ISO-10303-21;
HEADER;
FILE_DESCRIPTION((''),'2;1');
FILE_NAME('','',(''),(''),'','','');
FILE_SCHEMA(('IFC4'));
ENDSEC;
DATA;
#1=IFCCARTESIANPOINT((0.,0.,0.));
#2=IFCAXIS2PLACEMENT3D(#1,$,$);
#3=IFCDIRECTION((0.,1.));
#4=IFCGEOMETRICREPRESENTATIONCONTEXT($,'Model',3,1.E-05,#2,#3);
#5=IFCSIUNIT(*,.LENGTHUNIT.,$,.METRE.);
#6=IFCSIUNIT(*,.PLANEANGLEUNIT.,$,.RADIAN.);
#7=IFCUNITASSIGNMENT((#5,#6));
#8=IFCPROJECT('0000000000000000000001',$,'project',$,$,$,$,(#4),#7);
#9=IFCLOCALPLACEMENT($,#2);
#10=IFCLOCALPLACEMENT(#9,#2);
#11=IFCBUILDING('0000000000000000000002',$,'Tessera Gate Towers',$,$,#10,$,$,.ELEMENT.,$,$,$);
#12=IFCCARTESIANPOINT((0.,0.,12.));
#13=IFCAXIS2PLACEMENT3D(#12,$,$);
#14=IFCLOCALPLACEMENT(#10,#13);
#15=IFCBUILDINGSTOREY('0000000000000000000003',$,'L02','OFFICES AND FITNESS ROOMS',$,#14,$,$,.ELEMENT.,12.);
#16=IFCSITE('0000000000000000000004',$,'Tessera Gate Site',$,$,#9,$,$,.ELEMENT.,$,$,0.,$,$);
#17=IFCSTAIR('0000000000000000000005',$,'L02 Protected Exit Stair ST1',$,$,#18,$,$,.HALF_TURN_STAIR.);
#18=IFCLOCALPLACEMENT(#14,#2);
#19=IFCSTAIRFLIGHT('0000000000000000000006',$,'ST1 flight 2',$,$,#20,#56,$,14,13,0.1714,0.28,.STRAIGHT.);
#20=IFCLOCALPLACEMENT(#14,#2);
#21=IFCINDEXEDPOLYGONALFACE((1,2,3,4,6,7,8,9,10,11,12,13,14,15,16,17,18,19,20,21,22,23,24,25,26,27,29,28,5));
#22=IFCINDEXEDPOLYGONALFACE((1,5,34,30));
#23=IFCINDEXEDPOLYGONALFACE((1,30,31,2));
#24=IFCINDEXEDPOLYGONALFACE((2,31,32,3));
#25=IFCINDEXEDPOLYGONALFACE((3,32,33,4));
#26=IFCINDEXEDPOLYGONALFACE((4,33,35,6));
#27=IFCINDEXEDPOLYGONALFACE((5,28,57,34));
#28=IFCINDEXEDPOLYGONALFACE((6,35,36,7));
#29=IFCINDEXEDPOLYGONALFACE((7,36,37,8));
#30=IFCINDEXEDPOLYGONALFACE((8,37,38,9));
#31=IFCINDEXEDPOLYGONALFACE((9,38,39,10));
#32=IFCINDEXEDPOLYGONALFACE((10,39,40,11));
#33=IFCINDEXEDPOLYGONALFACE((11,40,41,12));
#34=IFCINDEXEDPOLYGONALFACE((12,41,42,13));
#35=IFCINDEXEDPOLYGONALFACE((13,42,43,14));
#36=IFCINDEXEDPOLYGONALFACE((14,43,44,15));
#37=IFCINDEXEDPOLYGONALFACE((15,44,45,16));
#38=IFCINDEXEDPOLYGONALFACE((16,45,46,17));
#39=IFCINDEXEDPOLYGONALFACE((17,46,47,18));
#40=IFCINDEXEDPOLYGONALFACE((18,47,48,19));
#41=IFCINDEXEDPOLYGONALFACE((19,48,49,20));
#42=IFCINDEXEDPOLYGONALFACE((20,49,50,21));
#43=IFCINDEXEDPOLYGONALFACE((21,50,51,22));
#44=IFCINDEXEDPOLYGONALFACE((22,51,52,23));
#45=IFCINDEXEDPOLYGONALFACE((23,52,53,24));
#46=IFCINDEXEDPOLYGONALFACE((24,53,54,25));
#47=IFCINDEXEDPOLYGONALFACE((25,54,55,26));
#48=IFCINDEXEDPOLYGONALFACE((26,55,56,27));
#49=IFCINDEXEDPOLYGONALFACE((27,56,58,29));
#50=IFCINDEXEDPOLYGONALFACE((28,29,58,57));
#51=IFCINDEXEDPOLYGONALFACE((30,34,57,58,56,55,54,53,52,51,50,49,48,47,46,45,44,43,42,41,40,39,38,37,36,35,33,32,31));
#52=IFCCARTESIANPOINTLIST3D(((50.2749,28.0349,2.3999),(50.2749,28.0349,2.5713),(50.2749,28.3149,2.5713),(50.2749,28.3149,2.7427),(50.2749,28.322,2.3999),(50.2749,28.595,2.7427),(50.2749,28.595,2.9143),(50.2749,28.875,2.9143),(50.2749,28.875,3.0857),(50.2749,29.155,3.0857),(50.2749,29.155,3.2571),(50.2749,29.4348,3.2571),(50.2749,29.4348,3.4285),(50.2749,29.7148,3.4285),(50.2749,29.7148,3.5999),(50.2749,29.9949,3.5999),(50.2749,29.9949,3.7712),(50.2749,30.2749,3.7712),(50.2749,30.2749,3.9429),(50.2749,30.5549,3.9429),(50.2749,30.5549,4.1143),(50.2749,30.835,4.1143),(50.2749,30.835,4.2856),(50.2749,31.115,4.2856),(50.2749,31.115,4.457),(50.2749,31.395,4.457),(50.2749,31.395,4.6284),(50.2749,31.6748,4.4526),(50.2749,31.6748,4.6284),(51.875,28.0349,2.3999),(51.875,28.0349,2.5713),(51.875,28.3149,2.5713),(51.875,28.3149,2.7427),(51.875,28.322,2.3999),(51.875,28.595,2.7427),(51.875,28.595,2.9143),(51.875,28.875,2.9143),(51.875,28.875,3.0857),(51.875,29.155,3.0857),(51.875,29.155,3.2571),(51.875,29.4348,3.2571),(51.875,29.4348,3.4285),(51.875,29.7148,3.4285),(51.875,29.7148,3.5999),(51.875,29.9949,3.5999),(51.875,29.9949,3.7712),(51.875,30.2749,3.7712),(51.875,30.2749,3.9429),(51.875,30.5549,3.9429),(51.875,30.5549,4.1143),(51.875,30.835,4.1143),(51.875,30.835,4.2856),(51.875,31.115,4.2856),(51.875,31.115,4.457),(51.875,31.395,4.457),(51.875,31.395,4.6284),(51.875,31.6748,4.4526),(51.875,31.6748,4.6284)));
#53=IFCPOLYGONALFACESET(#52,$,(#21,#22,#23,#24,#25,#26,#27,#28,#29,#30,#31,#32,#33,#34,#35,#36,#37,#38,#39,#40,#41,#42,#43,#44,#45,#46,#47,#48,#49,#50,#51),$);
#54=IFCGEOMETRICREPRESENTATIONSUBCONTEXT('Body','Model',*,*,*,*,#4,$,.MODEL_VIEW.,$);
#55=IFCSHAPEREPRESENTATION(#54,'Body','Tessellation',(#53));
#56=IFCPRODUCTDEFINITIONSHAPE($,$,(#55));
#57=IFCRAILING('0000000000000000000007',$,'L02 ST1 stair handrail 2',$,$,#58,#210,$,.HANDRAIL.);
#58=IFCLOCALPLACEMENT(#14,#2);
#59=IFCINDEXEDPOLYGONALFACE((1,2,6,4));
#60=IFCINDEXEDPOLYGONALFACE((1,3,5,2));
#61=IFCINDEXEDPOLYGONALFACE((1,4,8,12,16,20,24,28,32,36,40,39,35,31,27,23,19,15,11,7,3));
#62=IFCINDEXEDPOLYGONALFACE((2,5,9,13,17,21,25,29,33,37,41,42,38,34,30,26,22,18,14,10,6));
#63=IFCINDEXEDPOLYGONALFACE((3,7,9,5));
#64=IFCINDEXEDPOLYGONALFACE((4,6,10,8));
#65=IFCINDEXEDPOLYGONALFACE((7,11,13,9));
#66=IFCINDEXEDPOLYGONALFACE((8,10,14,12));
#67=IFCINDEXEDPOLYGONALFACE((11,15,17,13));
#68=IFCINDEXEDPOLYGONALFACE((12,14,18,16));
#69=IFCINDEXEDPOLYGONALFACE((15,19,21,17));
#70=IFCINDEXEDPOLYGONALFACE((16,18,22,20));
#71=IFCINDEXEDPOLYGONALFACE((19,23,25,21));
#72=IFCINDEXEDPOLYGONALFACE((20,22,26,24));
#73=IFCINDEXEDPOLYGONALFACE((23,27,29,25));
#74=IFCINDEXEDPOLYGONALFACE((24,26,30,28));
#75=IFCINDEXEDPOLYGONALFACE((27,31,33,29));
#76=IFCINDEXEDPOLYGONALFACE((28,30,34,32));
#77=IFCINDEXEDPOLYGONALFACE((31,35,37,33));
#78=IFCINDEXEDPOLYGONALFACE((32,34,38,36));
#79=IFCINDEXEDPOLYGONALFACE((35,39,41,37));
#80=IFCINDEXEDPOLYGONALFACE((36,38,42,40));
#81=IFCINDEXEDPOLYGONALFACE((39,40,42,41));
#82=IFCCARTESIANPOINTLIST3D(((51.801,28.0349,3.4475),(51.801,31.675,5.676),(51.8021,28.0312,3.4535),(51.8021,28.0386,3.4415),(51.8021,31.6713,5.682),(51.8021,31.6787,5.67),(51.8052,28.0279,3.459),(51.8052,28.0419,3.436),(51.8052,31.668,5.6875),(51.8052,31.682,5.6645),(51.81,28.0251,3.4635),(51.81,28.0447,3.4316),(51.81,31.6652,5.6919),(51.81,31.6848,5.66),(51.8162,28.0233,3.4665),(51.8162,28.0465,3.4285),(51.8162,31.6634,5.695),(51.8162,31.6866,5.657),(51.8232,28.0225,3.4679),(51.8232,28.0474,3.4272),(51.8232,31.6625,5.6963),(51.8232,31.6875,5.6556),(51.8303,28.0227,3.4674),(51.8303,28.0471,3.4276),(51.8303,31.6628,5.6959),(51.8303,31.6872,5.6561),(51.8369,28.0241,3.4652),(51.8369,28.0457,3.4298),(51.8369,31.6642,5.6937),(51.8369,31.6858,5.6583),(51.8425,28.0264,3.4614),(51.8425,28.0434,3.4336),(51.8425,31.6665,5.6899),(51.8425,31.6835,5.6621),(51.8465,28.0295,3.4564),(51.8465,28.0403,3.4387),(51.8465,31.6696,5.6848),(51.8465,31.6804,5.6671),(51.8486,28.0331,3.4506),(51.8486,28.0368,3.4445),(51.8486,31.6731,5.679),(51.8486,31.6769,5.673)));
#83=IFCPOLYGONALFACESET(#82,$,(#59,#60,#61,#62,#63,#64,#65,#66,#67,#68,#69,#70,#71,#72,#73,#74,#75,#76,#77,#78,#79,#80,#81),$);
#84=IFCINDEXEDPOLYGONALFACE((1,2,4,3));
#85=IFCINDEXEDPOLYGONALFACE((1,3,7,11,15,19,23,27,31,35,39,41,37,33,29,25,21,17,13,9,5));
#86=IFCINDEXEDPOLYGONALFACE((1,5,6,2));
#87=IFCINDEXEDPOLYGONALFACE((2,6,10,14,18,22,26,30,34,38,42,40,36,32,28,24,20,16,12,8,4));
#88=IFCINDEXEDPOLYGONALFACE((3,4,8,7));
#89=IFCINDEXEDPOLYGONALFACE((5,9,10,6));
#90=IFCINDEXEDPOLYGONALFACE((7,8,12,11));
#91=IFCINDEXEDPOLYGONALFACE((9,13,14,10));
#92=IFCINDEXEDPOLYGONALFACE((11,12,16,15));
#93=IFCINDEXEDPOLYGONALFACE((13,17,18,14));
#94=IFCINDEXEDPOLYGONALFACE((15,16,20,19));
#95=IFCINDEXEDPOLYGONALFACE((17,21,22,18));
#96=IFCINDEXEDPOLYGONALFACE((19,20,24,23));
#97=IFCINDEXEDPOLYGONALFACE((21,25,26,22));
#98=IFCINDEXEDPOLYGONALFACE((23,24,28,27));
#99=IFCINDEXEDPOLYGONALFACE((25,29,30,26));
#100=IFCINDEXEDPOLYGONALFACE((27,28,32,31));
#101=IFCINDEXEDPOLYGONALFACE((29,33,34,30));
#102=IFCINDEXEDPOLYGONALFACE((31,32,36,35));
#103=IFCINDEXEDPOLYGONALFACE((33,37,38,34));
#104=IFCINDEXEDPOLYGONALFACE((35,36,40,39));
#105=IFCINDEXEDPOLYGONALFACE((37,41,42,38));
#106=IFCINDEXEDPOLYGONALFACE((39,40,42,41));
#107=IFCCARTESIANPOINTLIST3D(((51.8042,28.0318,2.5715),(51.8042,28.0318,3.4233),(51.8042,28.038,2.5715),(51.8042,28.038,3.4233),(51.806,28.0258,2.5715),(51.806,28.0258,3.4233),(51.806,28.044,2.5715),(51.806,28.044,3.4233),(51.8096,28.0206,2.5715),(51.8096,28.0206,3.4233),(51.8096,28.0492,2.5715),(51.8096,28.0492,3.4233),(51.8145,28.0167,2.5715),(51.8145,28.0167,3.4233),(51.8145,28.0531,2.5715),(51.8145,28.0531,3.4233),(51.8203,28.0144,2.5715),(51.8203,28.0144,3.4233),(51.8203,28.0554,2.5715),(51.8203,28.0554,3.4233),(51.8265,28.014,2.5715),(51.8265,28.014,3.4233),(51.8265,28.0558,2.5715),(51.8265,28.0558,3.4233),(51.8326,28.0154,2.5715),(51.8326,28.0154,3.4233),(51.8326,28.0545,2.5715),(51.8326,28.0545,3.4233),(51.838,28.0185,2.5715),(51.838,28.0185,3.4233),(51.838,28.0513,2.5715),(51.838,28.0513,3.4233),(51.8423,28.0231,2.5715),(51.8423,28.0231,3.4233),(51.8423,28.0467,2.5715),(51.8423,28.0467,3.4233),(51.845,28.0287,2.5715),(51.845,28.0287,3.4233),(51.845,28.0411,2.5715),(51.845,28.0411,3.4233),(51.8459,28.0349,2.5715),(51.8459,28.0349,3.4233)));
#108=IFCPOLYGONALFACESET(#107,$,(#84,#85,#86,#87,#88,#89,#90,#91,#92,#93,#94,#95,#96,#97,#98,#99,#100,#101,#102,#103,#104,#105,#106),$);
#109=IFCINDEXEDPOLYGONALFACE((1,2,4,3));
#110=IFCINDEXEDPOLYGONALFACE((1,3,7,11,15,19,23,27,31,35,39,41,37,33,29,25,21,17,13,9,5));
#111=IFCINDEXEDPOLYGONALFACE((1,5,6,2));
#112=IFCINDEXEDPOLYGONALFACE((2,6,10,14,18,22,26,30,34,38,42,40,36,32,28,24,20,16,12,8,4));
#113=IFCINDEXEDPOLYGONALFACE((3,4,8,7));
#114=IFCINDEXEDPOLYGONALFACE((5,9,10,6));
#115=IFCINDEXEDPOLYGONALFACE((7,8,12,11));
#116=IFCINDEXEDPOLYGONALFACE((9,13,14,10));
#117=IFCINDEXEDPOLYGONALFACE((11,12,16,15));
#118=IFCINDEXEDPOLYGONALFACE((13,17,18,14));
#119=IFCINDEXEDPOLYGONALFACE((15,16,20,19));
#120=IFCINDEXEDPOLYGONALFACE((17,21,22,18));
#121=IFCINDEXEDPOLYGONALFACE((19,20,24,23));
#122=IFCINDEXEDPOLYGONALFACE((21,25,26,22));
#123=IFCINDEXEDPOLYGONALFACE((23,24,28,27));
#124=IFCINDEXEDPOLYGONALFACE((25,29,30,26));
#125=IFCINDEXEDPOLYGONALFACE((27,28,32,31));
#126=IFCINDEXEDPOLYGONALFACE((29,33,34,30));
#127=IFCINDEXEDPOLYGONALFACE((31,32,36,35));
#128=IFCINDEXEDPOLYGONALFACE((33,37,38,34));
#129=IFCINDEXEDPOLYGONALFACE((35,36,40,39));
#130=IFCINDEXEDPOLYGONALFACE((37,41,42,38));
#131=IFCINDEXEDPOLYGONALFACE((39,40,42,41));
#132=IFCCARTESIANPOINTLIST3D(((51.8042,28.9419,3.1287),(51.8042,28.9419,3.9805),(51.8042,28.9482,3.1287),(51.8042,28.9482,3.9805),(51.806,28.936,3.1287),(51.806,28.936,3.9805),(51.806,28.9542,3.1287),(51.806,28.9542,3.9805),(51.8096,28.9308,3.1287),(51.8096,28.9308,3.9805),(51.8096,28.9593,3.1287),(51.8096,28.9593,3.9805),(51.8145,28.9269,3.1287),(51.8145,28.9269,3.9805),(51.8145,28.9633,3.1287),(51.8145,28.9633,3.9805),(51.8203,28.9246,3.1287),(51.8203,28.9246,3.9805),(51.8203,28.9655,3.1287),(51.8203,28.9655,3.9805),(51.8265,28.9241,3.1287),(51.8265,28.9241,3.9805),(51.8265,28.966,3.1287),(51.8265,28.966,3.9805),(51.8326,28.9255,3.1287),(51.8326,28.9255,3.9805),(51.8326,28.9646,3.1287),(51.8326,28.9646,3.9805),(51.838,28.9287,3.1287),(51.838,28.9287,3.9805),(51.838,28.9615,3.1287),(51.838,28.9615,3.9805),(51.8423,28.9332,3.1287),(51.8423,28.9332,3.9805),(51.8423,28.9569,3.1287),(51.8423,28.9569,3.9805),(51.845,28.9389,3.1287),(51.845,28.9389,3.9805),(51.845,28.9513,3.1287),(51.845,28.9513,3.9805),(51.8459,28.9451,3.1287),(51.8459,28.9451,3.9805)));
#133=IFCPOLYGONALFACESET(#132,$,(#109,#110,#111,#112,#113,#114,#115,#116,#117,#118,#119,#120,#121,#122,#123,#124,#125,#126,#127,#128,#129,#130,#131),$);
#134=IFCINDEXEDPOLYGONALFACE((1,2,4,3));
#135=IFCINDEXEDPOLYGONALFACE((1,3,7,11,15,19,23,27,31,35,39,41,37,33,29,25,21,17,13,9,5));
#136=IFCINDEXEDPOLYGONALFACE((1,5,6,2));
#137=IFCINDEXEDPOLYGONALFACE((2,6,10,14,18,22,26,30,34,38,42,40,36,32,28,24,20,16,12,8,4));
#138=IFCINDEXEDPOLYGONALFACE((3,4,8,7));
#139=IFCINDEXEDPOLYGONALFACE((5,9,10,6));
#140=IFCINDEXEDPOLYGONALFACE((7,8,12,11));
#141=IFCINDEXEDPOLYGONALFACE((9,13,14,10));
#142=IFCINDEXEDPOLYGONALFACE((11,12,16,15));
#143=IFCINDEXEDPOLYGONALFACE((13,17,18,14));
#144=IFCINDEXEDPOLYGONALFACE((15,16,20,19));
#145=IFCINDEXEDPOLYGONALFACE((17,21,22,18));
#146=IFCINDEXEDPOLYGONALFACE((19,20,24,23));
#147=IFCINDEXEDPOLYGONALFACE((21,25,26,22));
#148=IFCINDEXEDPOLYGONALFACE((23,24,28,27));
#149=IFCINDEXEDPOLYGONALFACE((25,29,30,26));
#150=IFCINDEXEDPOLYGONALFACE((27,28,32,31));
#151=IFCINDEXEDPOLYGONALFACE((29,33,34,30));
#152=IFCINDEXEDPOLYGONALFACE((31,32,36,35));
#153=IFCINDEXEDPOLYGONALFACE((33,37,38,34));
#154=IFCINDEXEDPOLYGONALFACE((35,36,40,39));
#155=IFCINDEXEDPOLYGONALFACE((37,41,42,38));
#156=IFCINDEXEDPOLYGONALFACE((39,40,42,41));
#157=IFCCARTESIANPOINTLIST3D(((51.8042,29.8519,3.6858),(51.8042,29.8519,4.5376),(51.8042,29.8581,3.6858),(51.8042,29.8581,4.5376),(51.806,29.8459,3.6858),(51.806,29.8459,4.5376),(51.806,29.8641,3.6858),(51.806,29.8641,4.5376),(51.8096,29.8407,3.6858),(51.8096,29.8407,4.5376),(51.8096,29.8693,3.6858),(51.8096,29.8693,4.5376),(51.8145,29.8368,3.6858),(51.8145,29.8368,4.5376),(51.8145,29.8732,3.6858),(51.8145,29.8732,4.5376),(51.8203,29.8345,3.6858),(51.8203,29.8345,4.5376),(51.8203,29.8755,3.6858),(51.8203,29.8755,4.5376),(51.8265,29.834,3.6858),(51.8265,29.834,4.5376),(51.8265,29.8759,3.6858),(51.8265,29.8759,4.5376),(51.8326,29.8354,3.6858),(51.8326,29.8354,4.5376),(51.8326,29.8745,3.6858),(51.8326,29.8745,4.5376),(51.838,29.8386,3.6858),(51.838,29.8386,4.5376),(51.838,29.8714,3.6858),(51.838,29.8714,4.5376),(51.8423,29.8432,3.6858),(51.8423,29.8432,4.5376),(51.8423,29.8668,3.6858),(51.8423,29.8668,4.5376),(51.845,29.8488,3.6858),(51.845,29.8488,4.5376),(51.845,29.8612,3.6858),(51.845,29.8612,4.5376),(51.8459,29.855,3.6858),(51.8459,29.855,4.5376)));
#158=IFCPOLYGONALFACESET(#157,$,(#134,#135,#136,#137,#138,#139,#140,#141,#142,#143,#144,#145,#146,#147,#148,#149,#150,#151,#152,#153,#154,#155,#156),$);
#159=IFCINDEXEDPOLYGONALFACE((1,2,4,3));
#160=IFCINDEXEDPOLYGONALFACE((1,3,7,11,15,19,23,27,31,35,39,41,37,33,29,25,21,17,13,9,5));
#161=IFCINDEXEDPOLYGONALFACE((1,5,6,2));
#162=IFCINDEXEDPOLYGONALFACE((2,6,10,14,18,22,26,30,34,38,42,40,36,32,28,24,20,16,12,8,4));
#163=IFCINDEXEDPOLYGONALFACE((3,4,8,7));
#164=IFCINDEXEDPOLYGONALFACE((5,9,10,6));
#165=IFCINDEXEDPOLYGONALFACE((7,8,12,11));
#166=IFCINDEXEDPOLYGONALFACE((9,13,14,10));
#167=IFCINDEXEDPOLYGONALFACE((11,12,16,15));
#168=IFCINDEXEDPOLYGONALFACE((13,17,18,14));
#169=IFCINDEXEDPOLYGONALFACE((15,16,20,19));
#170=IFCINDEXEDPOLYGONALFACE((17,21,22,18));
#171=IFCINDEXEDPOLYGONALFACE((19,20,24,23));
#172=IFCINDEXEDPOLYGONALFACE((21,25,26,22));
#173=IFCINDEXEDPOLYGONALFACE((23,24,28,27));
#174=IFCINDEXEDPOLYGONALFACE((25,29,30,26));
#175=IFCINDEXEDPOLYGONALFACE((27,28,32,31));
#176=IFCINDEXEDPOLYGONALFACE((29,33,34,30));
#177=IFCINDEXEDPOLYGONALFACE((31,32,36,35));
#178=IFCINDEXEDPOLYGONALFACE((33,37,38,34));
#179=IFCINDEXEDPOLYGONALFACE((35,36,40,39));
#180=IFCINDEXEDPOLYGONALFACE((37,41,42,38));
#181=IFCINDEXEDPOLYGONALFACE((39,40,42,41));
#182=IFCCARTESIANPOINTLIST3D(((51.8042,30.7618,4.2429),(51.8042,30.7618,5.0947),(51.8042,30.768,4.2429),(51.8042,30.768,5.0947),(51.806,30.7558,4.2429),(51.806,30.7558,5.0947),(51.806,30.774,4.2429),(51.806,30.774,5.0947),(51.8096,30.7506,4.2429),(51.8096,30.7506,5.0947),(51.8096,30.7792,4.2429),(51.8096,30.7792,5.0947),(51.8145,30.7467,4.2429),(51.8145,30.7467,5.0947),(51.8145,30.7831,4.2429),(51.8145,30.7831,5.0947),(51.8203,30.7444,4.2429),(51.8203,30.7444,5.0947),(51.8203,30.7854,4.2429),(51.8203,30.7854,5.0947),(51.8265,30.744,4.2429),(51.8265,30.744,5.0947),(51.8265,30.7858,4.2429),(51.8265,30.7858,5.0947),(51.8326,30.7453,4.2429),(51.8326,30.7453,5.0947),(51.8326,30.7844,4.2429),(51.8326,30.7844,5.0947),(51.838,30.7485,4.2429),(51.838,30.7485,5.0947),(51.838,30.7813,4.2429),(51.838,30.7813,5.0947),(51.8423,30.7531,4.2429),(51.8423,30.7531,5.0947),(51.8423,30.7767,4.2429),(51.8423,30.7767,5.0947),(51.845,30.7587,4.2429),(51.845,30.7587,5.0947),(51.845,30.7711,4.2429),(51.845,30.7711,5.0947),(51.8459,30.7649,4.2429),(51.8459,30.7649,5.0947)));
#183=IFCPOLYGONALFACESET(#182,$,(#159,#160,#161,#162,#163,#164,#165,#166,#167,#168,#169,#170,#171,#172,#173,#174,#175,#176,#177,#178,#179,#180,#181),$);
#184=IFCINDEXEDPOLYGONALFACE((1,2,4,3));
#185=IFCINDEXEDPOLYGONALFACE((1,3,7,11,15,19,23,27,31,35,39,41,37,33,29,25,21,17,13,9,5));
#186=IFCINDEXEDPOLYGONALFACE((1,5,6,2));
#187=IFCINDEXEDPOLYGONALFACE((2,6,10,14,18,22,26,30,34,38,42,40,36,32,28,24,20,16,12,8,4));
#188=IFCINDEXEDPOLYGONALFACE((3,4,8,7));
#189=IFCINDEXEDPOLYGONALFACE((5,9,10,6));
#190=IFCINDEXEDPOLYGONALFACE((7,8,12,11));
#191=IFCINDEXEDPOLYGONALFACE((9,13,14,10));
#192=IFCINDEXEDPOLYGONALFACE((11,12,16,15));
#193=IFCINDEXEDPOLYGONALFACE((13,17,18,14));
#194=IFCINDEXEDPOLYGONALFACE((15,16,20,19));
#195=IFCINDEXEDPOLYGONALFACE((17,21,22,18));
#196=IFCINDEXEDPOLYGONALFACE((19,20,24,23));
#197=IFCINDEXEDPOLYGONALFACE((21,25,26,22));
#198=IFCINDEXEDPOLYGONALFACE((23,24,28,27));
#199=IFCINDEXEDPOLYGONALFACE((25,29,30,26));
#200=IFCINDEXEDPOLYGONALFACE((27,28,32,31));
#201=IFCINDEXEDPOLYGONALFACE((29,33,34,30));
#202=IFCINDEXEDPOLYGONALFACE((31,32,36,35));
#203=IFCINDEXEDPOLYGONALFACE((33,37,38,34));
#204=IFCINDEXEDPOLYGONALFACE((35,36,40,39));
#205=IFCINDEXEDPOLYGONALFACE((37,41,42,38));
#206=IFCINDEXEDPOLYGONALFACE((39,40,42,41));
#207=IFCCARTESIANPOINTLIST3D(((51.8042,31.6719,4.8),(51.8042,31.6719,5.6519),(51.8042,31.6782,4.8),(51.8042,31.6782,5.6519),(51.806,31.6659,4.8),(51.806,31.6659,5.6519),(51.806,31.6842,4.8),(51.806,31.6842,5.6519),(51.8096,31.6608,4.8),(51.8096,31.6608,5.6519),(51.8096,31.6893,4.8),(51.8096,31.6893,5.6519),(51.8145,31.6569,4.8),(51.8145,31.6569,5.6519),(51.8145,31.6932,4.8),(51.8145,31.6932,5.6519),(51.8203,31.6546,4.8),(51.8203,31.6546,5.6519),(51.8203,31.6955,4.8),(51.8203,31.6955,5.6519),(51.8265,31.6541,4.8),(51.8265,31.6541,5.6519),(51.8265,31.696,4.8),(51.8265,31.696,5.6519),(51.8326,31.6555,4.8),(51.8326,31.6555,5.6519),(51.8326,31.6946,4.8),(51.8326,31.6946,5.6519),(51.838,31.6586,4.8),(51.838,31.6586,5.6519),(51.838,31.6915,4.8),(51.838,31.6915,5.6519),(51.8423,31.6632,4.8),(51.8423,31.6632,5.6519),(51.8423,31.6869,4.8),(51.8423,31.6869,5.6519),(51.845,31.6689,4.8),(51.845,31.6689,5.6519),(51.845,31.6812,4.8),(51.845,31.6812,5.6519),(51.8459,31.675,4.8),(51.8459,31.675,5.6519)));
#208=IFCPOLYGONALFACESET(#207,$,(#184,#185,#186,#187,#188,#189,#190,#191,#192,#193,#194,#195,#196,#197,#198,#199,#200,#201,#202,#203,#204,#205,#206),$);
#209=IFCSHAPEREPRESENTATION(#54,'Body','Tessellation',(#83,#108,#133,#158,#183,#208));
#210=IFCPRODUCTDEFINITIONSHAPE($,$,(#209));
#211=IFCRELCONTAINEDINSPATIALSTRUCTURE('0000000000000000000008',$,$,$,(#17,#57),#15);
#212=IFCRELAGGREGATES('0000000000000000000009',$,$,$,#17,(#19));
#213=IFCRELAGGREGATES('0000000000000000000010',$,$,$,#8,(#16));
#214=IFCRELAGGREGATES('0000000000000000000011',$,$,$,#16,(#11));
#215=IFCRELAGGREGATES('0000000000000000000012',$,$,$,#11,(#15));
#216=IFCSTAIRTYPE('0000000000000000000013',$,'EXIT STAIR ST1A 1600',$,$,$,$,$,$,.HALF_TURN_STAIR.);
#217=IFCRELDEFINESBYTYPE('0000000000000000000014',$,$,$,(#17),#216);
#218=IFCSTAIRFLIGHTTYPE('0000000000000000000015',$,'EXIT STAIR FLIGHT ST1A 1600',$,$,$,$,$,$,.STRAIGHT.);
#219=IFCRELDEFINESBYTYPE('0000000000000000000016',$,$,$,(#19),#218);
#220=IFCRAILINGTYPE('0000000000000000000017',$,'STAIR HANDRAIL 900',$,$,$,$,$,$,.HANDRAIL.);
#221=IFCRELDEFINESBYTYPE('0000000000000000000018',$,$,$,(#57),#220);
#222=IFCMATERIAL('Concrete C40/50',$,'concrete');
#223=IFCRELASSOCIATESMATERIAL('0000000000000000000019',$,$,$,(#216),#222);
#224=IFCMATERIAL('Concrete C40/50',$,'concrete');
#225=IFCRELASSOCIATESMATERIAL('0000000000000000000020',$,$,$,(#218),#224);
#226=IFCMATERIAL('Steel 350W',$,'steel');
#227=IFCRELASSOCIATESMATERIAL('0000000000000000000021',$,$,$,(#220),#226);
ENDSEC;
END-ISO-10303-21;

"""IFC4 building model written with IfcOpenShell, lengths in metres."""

from ifc_helpers import new_model, si_unit, direction, frame, origin, origin_2d, place, context, subcontext, project, spatial, polyline, circle, outline, extrude, material, type_object, element, aggregate, save


model = new_model("IFC4")

# Units and contexts
model_context = context("Model", 3, precision=1e-05, world=origin(), true_north=direction((0.0, 1.0)))
body_context = subcontext(model_context, "Body", "Model", "MODEL_VIEW")
ifc_project = project(units=[si_unit("LENGTHUNIT", "METRE"), si_unit("PLANEANGLEUNIT", "RADIAN")], contexts=[model_context])

# Site, building, storey
site_placement = place(None, origin())
site = spatial("IfcSite", under=ifc_project, at=site_placement, Name="Tessera Gate Site", CompositionType="ELEMENT", RefElevation=0.0)
building_placement = place(site_placement, origin())
building = spatial("IfcBuilding", under=site, at=building_placement, Name="Tessera Gate Towers", CompositionType="ELEMENT")
storey_placement = place(building_placement, frame((0.0, 0.0, 12.0)))
storey = spatial("IfcBuildingStorey", under=building, at=storey_placement, Name="L02", Description="OFFICES AND FITNESS ROOMS", CompositionType="ELEMENT", Elevation=12.0)

# Stair, stair flight
ifc_material_1 = material(Name="Concrete C40/50", Category="concrete")
stair_type = type_object("IfcStairType", Name="EXIT STAIR ST1A 1600", PredefinedType="HALF_TURN_STAIR", material=ifc_material_1)
stair_placement = place(storey_placement, origin())
stair = element("IfcStair", 1, at=stair_placement, inside=storey, type_object=stair_type, Name="L02 Protected Exit Stair ST1", PredefinedType="HALF_TURN_STAIR")
ifc_material_2 = material(Name="Concrete C40/50", Category="concrete")
stair_flight_type = type_object("IfcStairFlightType", Name="EXIT STAIR FLIGHT ST1A 1600", PredefinedType="STRAIGHT", material=ifc_material_2)
stair_flight_1_placement = place(storey_placement, frame((51.075, 28.0349, 2.3999), z_axis=(0.0, 0.0, 1.0), x_axis=(0.0, 1.0, 0.0)))
stair_flight_1 = element("IfcStairFlight", 2, at=stair_flight_1_placement, type_object=stair_flight_type, Name="ST1 flight 2", NumberOfRisers=14, NumberOfTreads=13, PredefinedType="STRAIGHT", RiserHeight=0.1714, TreadLength=0.28, context=body_context, shape_type="SweptSolid", body=[
    extrude(outline(polyline([(0.0, 0.0), (0.0, 0.1714), (0.28, 0.1714), (0.28, 0.3428), (0.5601, 0.3428), (0.5601, 0.5144), (0.8401, 0.5144), (0.8401, 0.6858), (1.1201, 0.6858), (1.1201, 0.8572), (1.3999, 0.8572), (1.3999, 1.0286), (1.6799, 1.0286), (1.6799, 1.2), (1.96, 1.2), (1.96, 1.3713), (2.24, 1.3713), (2.24, 1.543), (2.52, 1.543), (2.52, 1.7144), (2.8, 1.7144), (2.8, 1.8857), (3.0801, 1.8857), (3.0801, 2.0571), (3.3601, 2.0571), (3.3601, 2.2285), (3.6399, 2.2285), (3.6399, 2.3999), (3.6399, 2.0527), (0.2871, 0.0), (0.0, 0.0)])), frame((0.0, 0.8, 0.0), z_axis=(0.0, -1.0, 0.0), x_axis=(1.0, 0.0, 0.0)), (0.0, 0.0, 1.0), 1.6001),
])
aggregate(stair, [stair_flight_1])

# Railing
ifc_material_3 = material(Name="Steel 350W", Category="steel")
railing_type_1 = type_object("IfcRailingType", Name="STAIR HANDRAIL 900", PredefinedType="HANDRAIL", material=ifc_material_3)
railing_1_placement = place(storey_placement, frame((51.825, 28.0349, 2.5715)))
element("IfcRailing", 3, at=railing_1_placement, inside=storey, type_object=railing_type_1, Name="L02 ST1 stair handrail 2", PredefinedType="HANDRAIL", context=body_context, shape_type="SweptSolid", body=[
    extrude(circle(Radius=0.0239, at=origin_2d()), frame((0.0, 0.0, 0.876), z_axis=(0.0, 0.852866, 0.52213), x_axis=(-1.0, 0.0, 0.0)), (0.0, 0.0, 1.0), 4.2681),
    extrude(circle(Radius=0.021, at=origin_2d()), origin(), (0.0, 0.0, 1.0), 0.8518),
    extrude(circle(Radius=0.021, at=origin_2d()), frame((0.0, 0.9102, 0.5571)), (0.0, 0.0, 1.0), 0.8518),
    extrude(circle(Radius=0.021, at=origin_2d()), frame((0.0, 1.8201, 1.1143)), (0.0, 0.0, 1.0), 0.8518),
    extrude(circle(Radius=0.021, at=origin_2d()), frame((0.0, 2.73, 1.6714)), (0.0, 0.0, 1.0), 0.8518),
    extrude(circle(Radius=0.021, at=origin_2d()), frame((0.0, 3.6401, 2.2285)), (0.0, 0.0, 1.0), 0.8518),
])

save(model, "model.ifc")
